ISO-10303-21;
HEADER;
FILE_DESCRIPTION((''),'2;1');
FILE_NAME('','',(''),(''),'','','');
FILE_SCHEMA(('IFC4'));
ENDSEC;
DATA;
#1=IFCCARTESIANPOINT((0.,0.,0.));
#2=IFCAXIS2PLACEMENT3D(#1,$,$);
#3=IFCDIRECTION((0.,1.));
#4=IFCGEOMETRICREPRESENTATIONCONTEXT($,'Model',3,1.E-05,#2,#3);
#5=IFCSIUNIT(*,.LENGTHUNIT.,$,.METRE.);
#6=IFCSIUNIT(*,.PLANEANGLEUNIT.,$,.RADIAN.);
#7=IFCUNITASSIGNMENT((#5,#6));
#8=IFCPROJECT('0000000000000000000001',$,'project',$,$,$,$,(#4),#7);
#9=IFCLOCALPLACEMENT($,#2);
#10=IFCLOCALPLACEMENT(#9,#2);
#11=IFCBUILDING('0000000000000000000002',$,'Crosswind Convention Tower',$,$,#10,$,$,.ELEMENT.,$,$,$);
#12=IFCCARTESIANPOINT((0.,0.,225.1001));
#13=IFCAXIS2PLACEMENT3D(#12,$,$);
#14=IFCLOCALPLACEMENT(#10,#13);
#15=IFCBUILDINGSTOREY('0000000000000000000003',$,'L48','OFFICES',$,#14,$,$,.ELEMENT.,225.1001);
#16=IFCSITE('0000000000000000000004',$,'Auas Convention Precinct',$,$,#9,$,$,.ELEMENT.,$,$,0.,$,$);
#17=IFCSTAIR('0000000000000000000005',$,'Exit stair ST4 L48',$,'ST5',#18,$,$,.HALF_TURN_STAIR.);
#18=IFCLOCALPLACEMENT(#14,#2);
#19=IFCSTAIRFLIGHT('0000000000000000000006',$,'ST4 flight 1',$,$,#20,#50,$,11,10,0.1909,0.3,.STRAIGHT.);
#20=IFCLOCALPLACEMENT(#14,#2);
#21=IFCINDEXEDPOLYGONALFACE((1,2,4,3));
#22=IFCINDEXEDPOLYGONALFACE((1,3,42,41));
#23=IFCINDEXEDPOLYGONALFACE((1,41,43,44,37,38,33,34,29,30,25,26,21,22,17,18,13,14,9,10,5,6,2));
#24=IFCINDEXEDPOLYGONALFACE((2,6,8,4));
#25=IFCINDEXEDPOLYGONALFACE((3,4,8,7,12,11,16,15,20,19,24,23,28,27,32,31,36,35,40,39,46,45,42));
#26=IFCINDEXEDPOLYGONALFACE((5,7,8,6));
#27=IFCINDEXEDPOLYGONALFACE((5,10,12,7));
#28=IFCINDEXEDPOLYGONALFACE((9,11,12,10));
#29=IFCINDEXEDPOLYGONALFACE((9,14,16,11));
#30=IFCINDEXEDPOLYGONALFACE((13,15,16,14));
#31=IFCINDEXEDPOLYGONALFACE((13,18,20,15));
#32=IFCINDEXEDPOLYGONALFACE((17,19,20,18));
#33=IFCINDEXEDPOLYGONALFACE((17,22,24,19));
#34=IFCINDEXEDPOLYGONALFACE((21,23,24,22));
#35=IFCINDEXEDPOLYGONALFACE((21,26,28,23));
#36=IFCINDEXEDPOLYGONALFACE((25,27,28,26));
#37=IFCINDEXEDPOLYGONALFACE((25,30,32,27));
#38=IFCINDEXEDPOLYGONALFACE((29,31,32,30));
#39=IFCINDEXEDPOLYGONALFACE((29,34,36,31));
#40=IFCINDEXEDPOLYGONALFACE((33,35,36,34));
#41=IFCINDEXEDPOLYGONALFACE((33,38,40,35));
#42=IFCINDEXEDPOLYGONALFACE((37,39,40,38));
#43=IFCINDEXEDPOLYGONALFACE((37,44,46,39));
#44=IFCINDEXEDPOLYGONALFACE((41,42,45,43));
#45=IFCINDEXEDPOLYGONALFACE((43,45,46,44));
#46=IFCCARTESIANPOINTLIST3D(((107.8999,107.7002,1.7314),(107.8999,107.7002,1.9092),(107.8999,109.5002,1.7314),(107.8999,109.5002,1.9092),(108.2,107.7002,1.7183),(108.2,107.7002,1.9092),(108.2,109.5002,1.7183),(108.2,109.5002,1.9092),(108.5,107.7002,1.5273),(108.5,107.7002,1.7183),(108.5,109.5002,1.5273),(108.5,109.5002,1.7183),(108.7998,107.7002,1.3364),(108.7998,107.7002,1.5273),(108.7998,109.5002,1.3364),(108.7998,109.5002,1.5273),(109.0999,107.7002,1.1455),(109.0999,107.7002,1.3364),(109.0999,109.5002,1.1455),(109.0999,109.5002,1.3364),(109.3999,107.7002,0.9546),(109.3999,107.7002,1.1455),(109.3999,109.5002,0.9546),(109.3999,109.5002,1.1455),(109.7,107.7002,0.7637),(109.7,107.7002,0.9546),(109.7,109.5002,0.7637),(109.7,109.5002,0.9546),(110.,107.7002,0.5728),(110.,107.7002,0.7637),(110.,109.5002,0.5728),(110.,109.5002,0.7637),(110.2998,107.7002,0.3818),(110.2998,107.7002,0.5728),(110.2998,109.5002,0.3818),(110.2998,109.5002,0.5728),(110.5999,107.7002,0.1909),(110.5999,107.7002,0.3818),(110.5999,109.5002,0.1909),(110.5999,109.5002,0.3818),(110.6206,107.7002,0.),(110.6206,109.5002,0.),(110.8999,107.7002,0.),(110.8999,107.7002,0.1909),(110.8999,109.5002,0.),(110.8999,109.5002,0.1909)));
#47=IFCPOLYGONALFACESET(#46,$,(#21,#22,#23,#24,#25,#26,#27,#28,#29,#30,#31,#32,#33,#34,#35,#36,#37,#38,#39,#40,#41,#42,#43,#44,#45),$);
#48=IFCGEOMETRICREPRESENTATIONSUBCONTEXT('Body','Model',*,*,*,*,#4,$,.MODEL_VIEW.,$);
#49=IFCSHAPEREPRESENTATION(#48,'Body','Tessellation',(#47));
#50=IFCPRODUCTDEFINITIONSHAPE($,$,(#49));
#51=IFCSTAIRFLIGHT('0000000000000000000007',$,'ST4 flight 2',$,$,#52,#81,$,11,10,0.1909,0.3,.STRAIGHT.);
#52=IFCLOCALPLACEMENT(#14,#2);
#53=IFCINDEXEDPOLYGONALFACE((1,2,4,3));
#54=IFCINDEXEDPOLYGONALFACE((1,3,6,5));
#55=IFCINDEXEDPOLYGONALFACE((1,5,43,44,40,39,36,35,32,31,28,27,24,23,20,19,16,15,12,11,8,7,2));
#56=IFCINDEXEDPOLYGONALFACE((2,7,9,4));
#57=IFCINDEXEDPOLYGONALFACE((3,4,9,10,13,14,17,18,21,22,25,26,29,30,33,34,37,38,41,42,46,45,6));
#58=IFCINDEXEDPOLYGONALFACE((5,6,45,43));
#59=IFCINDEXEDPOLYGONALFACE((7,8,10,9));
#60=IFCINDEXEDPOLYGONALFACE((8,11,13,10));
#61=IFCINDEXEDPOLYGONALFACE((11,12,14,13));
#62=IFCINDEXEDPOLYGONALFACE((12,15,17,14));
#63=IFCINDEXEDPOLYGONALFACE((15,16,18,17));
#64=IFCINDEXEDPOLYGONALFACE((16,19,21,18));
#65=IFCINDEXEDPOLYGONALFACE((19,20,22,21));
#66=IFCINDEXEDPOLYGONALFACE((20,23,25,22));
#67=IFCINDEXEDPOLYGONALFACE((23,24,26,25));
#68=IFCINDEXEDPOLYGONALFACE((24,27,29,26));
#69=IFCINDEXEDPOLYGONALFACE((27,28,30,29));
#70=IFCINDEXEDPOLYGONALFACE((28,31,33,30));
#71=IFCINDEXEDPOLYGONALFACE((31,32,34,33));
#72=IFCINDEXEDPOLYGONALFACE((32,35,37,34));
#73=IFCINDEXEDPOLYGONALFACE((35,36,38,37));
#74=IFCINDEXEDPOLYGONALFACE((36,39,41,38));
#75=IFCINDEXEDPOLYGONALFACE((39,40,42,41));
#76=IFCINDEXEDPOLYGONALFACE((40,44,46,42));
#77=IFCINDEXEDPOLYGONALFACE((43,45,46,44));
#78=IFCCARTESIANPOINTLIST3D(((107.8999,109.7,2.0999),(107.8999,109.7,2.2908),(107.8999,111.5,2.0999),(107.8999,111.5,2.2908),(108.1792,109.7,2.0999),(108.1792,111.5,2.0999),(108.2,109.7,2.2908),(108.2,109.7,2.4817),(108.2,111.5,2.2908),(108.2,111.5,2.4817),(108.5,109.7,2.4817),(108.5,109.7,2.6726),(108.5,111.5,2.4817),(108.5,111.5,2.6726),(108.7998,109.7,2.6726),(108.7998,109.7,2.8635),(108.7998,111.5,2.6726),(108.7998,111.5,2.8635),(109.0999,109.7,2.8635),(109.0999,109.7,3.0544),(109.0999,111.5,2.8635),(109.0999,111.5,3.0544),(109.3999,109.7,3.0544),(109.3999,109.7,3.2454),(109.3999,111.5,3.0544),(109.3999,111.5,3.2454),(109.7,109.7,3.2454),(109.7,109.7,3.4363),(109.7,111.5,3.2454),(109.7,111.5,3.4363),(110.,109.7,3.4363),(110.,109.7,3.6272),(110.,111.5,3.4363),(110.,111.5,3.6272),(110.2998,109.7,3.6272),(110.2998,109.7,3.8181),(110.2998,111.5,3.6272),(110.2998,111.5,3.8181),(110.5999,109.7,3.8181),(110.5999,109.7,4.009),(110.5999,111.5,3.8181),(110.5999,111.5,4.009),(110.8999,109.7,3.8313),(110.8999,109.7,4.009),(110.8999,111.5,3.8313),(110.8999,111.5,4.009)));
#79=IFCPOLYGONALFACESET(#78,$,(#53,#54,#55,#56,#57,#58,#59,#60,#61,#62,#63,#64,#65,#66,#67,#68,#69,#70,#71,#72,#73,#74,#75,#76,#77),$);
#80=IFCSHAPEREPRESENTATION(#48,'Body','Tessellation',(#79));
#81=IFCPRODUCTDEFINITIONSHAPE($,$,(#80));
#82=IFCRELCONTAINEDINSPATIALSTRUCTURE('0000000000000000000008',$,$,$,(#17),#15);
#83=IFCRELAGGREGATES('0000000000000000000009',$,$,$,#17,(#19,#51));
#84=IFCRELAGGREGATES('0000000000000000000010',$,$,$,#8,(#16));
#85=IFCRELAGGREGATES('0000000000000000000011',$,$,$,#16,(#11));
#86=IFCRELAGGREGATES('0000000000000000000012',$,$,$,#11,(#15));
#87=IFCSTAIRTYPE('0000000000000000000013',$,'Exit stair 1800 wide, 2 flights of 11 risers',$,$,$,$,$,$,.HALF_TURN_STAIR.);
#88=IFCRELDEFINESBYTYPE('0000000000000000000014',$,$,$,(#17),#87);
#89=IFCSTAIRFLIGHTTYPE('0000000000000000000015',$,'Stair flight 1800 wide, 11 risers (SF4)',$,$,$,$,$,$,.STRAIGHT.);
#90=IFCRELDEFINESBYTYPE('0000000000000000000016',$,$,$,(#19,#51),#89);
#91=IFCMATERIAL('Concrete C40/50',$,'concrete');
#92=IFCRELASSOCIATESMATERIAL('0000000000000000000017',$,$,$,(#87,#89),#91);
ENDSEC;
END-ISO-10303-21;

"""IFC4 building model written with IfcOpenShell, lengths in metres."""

from ifc_helpers import new_model, si_unit, direction, frame, origin, place, context, subcontext, project, spatial, polyline, outline, extrude, material, type_object, element, aggregate, save


model = new_model("IFC4")

# Units and contexts
model_context = context("Model", 3, precision=1e-05, world=origin(), true_north=direction((0.0, 1.0)))
body_context = subcontext(model_context, "Body", "Model", "MODEL_VIEW")
ifc_project = project(units=[si_unit("LENGTHUNIT", "METRE"), si_unit("PLANEANGLEUNIT", "RADIAN")], contexts=[model_context])

# Site, building, storey
site_placement = place(None, origin())
site = spatial("IfcSite", under=ifc_project, at=site_placement, Name="Auas Convention Precinct", CompositionType="ELEMENT", RefElevation=0.0)
building_placement = place(site_placement, origin())
building = spatial("IfcBuilding", under=site, at=building_placement, Name="Crosswind Convention Tower", CompositionType="ELEMENT")
storey_placement = place(building_placement, frame((0.0, 0.0, 225.1001)))
storey = spatial("IfcBuildingStorey", under=building, at=storey_placement, Name="L48", Description="OFFICES", CompositionType="ELEMENT", Elevation=225.1001)

# Stair, stair flights
ifc_material_1 = material(Name="Concrete C40/50", Category="concrete")
stair_type = type_object("IfcStairType", Name="Exit stair 1800 wide, 2 flights of 11 risers", PredefinedType="HALF_TURN_STAIR", material=ifc_material_1)
stair_placement = place(storey_placement, origin())
stair = element("IfcStair", 1, at=stair_placement, inside=storey, type_object=stair_type, Name="Exit stair ST4 L48", ObjectType="ST5", PredefinedType="HALF_TURN_STAIR")
stair_flight_type = type_object("IfcStairFlightType", Name="Stair flight 1800 wide, 11 risers (SF4)", PredefinedType="STRAIGHT", material=ifc_material_1)
stair_flight_1_placement = place(storey_placement, frame((110.8999, 108.6001, 0.0), z_axis=(0.0, 0.0, 1.0), x_axis=(-1.0, 0.0, 0.0)))
stair_flight_1 = element("IfcStairFlight", 2, at=stair_flight_1_placement, type_object=stair_flight_type, Name="ST4 flight 1", NumberOfRisers=11, NumberOfTreads=10, PredefinedType="STRAIGHT", RiserHeight=0.1909, TreadLength=0.3, context=body_context, shape_type="SweptSolid", body=[
    extrude(outline(polyline([(0.0, 0.0), (0.0, 0.1909), (0.3, 0.1909), (0.3, 0.3818), (0.6001, 0.3818), (0.6001, 0.5728), (0.8999, 0.5728), (0.8999, 0.7637), (1.2, 0.7637), (1.2, 0.9546), (1.5, 0.9546), (1.5, 1.1455), (1.8, 1.1455), (1.8, 1.3364), (2.1001, 1.3364), (2.1001, 1.5273), (2.3999, 1.5273), (2.3999, 1.7183), (2.7, 1.7183), (2.7, 1.9092), (3.0, 1.9092), (3.0, 2.1001), (3.0, 1.7314), (0.2793, 0.0), (0.0, 0.0)])), frame((0.0, 0.8999, 0.0), z_axis=(0.0, -1.0, 0.0), x_axis=(1.0, 0.0, 0.0)), (0.0, 0.0, 1.0), 1.8),
])
stair_flight_2_placement = place(storey_placement, frame((107.8999, 110.6001, 2.0999), z_axis=(0.0, 0.0, 1.0), x_axis=(1.0, 0.0, 0.0)))
stair_flight_2 = element("IfcStairFlight", 3, at=stair_flight_2_placement, type_object=stair_flight_type, Name="ST4 flight 2", NumberOfRisers=11, NumberOfTreads=10, PredefinedType="STRAIGHT", RiserHeight=0.1909, TreadLength=0.3, context=body_context, shape_type="SweptSolid", body=[
    extrude(outline(polyline([(0.0, 0.0), (0.0, 0.1909), (0.3, 0.1909), (0.3, 0.3818), (0.6001, 0.3818), (0.6001, 0.5728), (0.8999, 0.5728), (0.8999, 0.7637), (1.2, 0.7637), (1.2, 0.9546), (1.5, 0.9546), (1.5, 1.1455), (1.8, 1.1455), (1.8, 1.3364), (2.1001, 1.3364), (2.1001, 1.5273), (2.3999, 1.5273), (2.3999, 1.7183), (2.7, 1.7183), (2.7, 1.9092), (3.0, 1.9092), (3.0, 2.1001), (3.0, 1.7314), (0.2793, 0.0), (0.0, 0.0)])), frame((0.0, 0.8999, 0.0), z_axis=(0.0, -1.0, 0.0), x_axis=(1.0, 0.0, 0.0)), (0.0, 0.0, 1.0), 1.8),
])
aggregate(stair, [stair_flight_1, stair_flight_2])

save(model, "model.ifc")
